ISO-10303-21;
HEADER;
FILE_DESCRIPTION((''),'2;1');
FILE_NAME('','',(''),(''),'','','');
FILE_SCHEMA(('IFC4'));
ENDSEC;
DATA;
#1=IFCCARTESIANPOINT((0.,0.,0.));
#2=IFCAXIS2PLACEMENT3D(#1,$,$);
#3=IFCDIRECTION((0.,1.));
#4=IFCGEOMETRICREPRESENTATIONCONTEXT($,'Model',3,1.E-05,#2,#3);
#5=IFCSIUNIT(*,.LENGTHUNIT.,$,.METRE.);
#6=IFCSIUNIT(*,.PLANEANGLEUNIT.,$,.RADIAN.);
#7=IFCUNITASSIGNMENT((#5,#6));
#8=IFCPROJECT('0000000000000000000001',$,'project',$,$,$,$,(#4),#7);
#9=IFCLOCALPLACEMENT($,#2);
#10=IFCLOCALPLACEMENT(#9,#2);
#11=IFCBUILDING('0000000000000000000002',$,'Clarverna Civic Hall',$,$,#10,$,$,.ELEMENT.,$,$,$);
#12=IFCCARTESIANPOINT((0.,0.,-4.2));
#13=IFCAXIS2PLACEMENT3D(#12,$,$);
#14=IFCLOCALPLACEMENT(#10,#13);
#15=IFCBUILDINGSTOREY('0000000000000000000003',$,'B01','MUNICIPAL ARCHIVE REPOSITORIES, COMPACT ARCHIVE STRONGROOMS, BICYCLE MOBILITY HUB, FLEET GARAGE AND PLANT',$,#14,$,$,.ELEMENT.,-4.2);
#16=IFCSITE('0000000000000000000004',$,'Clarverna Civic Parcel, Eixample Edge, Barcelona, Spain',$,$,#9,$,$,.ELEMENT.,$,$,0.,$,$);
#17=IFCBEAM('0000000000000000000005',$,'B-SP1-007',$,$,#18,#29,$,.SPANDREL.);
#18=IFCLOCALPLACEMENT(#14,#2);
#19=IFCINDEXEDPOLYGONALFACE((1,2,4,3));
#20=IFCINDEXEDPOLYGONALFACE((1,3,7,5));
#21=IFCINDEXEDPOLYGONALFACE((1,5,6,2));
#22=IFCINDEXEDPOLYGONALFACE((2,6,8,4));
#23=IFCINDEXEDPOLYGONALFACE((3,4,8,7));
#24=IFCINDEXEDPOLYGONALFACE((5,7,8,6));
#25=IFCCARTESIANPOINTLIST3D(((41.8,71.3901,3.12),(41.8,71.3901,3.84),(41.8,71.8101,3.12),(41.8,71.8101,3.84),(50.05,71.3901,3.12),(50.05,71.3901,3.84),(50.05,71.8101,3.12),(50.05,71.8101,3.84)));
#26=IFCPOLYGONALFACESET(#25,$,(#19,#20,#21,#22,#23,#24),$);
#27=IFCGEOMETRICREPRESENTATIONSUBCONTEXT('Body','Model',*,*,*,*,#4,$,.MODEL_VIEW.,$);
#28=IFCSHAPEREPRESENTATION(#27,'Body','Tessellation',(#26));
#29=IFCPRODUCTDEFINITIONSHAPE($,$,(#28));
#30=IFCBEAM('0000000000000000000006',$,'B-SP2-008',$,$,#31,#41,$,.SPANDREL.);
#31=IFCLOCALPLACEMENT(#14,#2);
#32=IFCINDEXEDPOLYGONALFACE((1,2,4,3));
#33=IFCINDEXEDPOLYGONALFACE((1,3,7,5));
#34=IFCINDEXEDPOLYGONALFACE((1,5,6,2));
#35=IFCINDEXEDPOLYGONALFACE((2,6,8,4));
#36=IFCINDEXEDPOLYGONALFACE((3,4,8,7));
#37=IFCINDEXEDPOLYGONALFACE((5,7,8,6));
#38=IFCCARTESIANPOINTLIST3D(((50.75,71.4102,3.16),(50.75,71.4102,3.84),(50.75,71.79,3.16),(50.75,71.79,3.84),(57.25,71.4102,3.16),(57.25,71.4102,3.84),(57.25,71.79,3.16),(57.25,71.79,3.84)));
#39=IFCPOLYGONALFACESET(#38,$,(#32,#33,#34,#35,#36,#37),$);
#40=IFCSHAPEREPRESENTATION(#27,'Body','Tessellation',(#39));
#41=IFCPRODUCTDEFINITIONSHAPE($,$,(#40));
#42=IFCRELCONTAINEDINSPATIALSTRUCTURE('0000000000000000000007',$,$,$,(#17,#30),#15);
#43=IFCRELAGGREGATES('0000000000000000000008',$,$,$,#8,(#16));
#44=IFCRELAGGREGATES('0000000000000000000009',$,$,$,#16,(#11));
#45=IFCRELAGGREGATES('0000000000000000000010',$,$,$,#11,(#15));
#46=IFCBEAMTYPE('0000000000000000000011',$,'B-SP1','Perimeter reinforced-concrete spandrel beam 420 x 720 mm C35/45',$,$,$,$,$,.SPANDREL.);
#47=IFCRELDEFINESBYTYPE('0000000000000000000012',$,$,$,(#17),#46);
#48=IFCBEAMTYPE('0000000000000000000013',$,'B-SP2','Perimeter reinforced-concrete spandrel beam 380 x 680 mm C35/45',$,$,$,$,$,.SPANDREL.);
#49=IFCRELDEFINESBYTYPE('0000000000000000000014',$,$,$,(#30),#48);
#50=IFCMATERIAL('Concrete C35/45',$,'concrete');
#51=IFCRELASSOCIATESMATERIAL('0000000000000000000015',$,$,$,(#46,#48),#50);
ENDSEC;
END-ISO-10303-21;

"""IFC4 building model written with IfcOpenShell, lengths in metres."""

from ifc_helpers import new_model, si_unit, direction, frame, origin, origin_2d, place, context, subcontext, project, spatial, rectangle, extrude, material, material_profile, profile_set, type_object, element, save


model = new_model("IFC4")

# Units and contexts
model_context = context("Model", 3, precision=1e-05, world=origin(), true_north=direction((0.0, 1.0)))
body_context = subcontext(model_context, "Body", "Model", "MODEL_VIEW")
ifc_project = project(units=[si_unit("LENGTHUNIT", "METRE"), si_unit("PLANEANGLEUNIT", "RADIAN")], contexts=[model_context])

# Site, building, storey
site_placement = place(None, origin())
site = spatial("IfcSite", under=ifc_project, at=site_placement, Name="Clarverna Civic Parcel, Eixample Edge, Barcelona, Spain", CompositionType="ELEMENT", RefElevation=0.0)
building_placement = place(site_placement, origin())
building = spatial("IfcBuilding", under=site, at=building_placement, Name="Clarverna Civic Hall", CompositionType="ELEMENT")
storey_placement = place(building_placement, frame((0.0, 0.0, -4.2)))
storey = spatial("IfcBuildingStorey", under=building, at=storey_placement, Name="B01", Description="MUNICIPAL ARCHIVE REPOSITORIES, COMPACT ARCHIVE STRONGROOMS, BICYCLE MOBILITY HUB, FLEET GARAGE AND PLANT", CompositionType="ELEMENT", Elevation=-4.2)

# Beams
ifc_material_1 = material(Name="Concrete C35/45", Category="concrete")
ifc_material_profile_1 = material_profile(ifc_material_1, rectangle(XDim=0.4199, YDim=0.72, at=origin_2d()), Name="RC 420x720")
ifc_profile_set_1 = profile_set([ifc_material_profile_1], Name="Concrete C35/45")
beam_type_1 = type_object("IfcBeamType", Name="B-SP1", Description="Perimeter reinforced-concrete spandrel beam 420 x 720 mm C35/45", PredefinedType="SPANDREL", material=ifc_profile_set_1)
beam_1_placement = place(storey_placement, frame((41.8, 71.6001, 3.48), z_axis=(1.0, 0.0, 0.0), x_axis=(0.0, 1.0, 0.0)))
element("IfcBeam", 1, at=beam_1_placement, inside=storey, type_object=beam_type_1, Name="B-SP1-007", PredefinedType="SPANDREL", context=body_context, shape_type="SweptSolid", body=[
    extrude(rectangle(XDim=0.4199, YDim=0.72, at=origin_2d()), origin(), (0.0, 0.0, 1.0), 8.25),
])
ifc_material_profile_2 = material_profile(ifc_material_1, rectangle(XDim=0.3799, YDim=0.6799, at=origin_2d()), Name="RC 380x680")
ifc_profile_set_2 = profile_set([ifc_material_profile_2], Name="Concrete C35/45")
beam_type_2 = type_object("IfcBeamType", Name="B-SP2", Description="Perimeter reinforced-concrete spandrel beam 380 x 680 mm C35/45", PredefinedType="SPANDREL", material=ifc_profile_set_2)
beam_2_placement = place(storey_placement, frame((50.75, 71.6001, 3.5), z_axis=(1.0, 0.0, 0.0), x_axis=(0.0, 1.0, 0.0)))
element("IfcBeam", 2, at=beam_2_placement, inside=storey, type_object=beam_type_2, Name="B-SP2-008", PredefinedType="SPANDREL", context=body_context, shape_type="SweptSolid", body=[
    extrude(rectangle(XDim=0.3799, YDim=0.6799, at=origin_2d()), origin(), (0.0, 0.0, 1.0), 6.5),
])

save(model, "model.ifc")
